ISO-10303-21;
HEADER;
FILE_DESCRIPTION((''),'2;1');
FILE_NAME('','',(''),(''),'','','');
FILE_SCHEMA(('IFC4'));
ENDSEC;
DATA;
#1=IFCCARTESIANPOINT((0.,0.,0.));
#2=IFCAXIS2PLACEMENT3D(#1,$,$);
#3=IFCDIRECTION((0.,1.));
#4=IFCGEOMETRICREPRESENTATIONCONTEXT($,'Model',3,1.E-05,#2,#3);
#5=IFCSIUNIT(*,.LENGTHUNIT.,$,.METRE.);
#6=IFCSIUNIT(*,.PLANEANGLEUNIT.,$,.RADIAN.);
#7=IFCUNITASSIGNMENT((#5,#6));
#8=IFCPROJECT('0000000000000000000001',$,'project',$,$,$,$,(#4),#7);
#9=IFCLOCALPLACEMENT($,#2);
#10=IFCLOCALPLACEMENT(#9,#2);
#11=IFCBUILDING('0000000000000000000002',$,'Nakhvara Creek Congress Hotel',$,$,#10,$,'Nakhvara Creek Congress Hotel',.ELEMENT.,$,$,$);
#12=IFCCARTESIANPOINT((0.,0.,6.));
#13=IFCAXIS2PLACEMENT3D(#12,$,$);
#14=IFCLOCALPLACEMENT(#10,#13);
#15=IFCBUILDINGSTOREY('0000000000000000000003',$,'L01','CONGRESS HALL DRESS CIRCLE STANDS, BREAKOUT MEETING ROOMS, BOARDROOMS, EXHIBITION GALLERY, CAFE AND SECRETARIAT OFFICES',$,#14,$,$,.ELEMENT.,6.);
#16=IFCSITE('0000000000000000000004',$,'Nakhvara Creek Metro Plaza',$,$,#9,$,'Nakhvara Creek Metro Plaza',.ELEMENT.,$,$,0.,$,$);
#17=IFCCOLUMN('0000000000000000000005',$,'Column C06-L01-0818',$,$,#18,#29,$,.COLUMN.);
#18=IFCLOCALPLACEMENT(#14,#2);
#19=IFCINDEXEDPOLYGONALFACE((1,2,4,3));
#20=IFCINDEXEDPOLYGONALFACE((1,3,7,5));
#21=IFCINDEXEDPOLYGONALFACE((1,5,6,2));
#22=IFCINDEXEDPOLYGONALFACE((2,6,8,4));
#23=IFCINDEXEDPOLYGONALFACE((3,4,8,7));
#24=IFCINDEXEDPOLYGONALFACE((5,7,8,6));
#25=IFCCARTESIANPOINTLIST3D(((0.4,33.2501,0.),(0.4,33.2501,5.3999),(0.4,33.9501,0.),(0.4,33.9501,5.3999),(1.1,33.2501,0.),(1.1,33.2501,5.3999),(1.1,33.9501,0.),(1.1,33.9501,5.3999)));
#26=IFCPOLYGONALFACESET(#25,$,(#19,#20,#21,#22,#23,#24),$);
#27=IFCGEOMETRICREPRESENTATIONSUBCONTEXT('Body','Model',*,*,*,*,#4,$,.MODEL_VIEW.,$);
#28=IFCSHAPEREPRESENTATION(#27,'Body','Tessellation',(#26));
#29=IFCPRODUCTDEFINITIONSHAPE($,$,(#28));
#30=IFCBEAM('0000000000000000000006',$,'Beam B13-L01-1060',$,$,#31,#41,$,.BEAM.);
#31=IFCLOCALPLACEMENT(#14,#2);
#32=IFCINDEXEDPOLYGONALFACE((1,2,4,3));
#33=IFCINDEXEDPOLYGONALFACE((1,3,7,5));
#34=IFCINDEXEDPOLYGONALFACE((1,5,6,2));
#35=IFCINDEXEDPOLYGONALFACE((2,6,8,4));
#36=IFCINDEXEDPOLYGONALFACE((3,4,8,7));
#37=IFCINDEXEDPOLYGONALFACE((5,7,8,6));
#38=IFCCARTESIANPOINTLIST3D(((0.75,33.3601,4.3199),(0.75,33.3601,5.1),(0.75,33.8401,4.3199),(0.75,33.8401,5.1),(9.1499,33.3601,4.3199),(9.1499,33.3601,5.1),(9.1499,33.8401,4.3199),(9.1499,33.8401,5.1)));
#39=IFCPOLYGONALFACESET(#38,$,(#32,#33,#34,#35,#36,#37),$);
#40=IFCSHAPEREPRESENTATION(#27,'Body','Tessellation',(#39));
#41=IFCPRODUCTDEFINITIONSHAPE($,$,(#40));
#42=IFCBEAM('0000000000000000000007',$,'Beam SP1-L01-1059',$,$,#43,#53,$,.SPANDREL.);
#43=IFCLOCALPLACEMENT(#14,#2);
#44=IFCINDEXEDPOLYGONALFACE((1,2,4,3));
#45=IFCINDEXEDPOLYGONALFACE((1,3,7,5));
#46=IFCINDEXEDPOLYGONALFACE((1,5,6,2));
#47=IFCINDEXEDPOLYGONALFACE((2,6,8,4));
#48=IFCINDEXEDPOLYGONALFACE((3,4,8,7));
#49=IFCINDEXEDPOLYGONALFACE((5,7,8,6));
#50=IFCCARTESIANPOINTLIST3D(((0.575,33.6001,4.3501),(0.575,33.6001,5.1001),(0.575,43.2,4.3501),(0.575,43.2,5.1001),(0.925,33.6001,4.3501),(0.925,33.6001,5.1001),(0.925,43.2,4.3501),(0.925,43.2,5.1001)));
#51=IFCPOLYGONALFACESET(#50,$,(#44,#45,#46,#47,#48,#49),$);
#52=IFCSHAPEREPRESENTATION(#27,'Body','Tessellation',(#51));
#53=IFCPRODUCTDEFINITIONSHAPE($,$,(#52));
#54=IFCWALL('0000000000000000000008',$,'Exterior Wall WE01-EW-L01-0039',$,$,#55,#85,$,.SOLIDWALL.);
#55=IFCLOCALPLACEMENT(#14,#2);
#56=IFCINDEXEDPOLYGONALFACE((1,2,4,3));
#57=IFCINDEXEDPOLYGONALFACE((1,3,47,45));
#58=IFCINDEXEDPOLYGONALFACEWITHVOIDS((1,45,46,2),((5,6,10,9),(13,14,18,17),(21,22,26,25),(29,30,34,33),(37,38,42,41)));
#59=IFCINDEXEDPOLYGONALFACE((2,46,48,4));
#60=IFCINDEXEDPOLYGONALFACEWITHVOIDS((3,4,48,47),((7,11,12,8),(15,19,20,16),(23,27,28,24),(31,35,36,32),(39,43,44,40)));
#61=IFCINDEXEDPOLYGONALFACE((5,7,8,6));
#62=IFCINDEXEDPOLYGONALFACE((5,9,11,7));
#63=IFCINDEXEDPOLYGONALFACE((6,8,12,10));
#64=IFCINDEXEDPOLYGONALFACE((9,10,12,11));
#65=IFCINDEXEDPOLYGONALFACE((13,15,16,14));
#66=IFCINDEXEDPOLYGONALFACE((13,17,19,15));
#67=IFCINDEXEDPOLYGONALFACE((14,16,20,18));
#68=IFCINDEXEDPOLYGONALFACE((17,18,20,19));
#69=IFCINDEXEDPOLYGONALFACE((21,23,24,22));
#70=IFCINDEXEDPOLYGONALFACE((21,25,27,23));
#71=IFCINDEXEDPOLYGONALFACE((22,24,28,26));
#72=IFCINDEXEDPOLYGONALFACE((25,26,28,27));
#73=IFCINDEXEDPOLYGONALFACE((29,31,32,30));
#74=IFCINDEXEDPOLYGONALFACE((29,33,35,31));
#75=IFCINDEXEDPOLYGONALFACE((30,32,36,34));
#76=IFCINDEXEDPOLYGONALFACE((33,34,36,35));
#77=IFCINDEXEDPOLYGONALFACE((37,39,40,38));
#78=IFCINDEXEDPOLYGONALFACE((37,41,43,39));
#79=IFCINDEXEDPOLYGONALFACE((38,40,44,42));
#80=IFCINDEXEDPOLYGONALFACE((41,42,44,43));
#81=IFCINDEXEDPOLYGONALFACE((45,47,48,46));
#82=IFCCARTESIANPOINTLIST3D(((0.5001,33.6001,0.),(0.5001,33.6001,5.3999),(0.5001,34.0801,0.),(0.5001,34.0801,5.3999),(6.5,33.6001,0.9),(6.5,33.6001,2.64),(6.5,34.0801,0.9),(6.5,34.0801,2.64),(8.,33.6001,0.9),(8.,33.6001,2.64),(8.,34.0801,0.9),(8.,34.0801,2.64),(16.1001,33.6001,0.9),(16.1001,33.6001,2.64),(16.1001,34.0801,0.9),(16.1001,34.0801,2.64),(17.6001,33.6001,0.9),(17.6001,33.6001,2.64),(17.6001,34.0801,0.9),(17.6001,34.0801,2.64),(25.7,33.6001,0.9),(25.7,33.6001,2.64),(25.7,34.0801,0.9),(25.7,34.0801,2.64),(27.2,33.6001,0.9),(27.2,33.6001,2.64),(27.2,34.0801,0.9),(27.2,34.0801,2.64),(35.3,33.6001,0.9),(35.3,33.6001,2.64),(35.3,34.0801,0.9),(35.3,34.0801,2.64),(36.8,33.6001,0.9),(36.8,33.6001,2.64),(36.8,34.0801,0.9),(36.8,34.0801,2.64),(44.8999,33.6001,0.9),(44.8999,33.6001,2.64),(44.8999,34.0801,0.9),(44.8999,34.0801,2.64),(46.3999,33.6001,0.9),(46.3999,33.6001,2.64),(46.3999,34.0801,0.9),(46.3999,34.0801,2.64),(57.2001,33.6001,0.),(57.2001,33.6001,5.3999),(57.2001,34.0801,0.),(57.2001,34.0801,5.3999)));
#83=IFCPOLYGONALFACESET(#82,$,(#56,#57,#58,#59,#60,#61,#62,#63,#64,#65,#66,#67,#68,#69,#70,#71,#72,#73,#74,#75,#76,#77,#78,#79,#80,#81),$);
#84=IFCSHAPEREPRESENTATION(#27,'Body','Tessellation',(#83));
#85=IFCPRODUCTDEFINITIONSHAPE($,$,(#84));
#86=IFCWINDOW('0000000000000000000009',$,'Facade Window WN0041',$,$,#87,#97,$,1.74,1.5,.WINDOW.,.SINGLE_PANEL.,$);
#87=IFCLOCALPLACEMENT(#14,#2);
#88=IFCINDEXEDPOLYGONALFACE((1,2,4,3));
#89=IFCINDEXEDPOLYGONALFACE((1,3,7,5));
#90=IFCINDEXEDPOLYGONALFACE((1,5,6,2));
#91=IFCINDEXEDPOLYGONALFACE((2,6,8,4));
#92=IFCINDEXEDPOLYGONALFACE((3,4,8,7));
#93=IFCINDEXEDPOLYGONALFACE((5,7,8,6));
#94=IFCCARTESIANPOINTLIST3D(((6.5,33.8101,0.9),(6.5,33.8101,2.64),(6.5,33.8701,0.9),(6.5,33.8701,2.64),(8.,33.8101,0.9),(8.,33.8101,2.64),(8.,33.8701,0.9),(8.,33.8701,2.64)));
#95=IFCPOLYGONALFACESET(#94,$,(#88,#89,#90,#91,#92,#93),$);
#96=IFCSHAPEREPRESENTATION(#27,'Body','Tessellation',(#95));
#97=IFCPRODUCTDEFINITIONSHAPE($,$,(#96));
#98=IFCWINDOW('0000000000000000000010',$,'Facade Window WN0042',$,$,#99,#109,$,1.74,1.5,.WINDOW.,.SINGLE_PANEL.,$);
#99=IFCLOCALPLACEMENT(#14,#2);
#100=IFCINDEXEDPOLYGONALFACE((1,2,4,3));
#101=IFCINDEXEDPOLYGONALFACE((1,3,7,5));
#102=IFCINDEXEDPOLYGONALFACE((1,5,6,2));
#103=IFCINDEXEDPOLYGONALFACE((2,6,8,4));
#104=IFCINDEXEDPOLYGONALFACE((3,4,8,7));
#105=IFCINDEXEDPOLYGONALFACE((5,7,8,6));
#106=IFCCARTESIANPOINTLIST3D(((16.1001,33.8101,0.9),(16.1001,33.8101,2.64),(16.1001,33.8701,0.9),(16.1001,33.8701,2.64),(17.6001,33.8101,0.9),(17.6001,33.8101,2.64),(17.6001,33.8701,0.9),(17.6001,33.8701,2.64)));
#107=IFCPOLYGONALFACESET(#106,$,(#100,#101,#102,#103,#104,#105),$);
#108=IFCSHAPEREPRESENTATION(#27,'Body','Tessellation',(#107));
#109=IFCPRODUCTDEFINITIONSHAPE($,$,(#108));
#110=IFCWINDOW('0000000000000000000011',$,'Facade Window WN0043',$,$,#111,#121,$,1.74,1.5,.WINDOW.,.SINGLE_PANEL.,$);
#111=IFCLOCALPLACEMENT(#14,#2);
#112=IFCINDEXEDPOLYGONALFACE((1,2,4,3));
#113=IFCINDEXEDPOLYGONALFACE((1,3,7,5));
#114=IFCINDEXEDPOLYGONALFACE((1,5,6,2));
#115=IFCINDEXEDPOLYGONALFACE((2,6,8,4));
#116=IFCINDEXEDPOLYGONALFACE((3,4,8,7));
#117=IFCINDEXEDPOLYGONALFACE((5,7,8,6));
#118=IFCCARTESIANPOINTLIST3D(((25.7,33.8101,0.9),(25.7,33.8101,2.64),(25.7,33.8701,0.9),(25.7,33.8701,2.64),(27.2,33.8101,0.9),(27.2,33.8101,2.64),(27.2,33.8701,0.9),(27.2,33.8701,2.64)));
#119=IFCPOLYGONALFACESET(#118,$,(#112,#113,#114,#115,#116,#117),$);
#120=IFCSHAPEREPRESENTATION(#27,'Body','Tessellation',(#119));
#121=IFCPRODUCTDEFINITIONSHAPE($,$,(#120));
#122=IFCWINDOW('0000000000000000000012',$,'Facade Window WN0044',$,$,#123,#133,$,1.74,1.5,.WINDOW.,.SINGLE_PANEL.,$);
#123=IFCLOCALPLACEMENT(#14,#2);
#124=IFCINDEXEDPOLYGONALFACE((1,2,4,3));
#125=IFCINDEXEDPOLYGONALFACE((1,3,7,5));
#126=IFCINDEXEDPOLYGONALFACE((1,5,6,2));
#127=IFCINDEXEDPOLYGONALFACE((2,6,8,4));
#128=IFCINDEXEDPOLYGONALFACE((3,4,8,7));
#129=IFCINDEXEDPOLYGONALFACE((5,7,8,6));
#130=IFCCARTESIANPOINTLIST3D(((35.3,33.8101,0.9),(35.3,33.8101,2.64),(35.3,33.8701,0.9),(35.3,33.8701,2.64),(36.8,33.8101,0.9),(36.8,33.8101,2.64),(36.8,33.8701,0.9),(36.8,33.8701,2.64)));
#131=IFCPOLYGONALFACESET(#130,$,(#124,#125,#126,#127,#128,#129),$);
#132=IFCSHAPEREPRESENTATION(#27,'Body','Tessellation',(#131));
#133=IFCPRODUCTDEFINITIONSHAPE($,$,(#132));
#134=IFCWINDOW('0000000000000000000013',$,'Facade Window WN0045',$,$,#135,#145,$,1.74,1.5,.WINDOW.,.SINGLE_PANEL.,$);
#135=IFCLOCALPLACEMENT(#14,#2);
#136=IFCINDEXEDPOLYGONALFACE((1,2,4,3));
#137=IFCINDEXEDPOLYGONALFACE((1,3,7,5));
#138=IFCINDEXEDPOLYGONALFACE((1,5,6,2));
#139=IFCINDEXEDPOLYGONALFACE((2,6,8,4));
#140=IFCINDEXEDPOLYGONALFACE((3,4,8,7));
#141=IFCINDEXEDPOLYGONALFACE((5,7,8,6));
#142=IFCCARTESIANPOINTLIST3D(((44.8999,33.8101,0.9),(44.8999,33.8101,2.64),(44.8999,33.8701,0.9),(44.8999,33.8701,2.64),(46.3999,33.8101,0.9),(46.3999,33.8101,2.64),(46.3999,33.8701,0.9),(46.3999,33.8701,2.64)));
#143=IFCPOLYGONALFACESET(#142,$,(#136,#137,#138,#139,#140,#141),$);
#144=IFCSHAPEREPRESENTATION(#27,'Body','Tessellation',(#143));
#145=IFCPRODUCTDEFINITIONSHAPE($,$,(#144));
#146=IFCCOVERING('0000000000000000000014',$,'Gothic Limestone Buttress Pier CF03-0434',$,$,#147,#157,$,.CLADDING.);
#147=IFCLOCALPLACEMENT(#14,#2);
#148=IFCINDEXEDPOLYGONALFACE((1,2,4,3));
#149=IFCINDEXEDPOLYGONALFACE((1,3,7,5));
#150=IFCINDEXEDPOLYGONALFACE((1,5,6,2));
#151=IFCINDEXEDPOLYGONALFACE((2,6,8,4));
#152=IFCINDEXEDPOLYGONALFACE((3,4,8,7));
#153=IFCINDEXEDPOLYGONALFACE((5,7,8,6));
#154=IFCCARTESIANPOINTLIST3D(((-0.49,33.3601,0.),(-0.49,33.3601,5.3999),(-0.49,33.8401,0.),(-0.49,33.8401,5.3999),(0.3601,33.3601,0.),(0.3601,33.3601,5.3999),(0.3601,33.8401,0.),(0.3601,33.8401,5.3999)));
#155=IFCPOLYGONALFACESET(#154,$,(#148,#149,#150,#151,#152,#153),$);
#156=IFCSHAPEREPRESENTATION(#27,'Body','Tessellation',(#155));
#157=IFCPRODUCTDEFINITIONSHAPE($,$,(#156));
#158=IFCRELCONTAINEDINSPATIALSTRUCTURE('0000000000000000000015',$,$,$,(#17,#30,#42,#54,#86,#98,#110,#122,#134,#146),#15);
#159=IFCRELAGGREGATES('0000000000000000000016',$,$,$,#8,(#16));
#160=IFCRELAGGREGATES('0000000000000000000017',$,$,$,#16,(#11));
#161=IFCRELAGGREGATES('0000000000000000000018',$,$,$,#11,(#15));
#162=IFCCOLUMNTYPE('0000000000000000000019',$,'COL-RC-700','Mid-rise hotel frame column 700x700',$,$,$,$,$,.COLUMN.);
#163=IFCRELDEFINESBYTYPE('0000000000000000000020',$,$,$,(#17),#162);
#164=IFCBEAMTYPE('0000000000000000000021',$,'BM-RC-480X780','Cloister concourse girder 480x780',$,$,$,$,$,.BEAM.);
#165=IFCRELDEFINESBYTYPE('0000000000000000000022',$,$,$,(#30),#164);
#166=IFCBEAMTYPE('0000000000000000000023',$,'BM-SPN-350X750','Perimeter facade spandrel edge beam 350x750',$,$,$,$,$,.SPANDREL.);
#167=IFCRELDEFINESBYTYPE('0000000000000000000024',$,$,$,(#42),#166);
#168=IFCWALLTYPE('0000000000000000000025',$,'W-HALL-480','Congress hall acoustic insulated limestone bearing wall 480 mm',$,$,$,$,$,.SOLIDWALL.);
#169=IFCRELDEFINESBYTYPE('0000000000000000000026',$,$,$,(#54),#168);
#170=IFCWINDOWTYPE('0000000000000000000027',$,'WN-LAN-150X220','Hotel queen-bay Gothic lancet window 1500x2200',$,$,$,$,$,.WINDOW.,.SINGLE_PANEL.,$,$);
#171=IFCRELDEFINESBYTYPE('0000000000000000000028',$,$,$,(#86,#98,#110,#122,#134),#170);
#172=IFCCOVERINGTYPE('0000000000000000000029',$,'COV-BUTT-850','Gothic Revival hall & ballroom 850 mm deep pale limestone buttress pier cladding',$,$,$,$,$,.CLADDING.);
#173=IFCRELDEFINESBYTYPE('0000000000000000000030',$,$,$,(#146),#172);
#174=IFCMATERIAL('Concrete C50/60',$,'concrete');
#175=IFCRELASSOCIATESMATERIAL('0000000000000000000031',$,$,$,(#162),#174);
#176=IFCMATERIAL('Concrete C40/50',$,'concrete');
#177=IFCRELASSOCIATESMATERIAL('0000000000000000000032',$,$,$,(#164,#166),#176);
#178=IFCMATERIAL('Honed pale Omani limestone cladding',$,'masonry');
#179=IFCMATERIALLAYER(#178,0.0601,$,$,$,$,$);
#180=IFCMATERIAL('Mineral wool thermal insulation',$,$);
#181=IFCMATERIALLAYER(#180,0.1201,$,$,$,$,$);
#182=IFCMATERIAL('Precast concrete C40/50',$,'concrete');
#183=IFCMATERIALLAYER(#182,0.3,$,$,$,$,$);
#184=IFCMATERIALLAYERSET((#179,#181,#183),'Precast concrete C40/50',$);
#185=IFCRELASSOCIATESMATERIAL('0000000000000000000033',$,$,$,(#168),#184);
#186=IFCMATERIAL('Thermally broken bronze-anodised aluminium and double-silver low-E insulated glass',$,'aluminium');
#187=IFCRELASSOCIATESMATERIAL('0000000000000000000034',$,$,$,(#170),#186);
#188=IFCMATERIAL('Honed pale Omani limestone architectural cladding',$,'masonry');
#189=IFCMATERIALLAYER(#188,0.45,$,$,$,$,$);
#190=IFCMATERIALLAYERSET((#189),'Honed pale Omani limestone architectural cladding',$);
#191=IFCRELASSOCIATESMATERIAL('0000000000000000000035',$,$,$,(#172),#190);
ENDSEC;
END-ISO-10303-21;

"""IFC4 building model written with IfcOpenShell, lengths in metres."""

from ifc_helpers import new_model, si_unit, direction, frame, frame_2d, origin, origin_2d, place, context, subcontext, project, spatial, rectangle, extrude, material, layer, layer_set, material_profile, profile_set, type_object, element, fill, save


model = new_model("IFC4")

# Units and contexts
model_context = context("Model", 3, precision=1e-05, world=origin(), true_north=direction((0.0, 1.0)))
body_context = subcontext(model_context, "Body", "Model", "MODEL_VIEW")
ifc_project = project(units=[si_unit("LENGTHUNIT", "METRE"), si_unit("PLANEANGLEUNIT", "RADIAN")], contexts=[model_context])

# Site, building, storey
site_placement = place(None, origin())
site = spatial("IfcSite", under=ifc_project, at=site_placement, Name="Nakhvara Creek Metro Plaza", LongName="Nakhvara Creek Metro Plaza", CompositionType="ELEMENT", RefElevation=0.0)
building_placement = place(site_placement, origin())
building = spatial("IfcBuilding", under=site, at=building_placement, Name="Nakhvara Creek Congress Hotel", LongName="Nakhvara Creek Congress Hotel", CompositionType="ELEMENT")
storey_placement = place(building_placement, frame((0.0, 0.0, 6.0)))
storey = spatial("IfcBuildingStorey", under=building, at=storey_placement, Name="L01", Description="CONGRESS HALL DRESS CIRCLE STANDS, BREAKOUT MEETING ROOMS, BOARDROOMS, EXHIBITION GALLERY, CAFE AND SECRETARIAT OFFICES", CompositionType="ELEMENT", Elevation=6.0)

# Column
ifc_material_1 = material(Name="Concrete C50/60", Category="concrete")
ifc_material_profile_1 = material_profile(ifc_material_1, rectangle(XDim=0.7, YDim=0.7, at=origin_2d()), Name="RC-COL 700x700", Category="LoadBearing")
ifc_profile_set_1 = profile_set([ifc_material_profile_1], Name="Concrete C50/60")
column_type = type_object("IfcColumnType", Name="COL-RC-700", Description="Mid-rise hotel frame column 700x700", PredefinedType="COLUMN", material=ifc_profile_set_1)
column_placement = place(storey_placement, frame((0.75, 33.6001, 0.0), z_axis=(0.0, 0.0, 1.0), x_axis=(1.0, 0.0, 0.0)))
element("IfcColumn", 1, at=column_placement, inside=storey, type_object=column_type, Name="Column C06-L01-0818", PredefinedType="COLUMN", context=body_context, shape_type="SweptSolid", body=[
    extrude(rectangle(XDim=0.7, YDim=0.7, at=origin_2d()), origin(), (0.0, 0.0, 1.0), 5.3999),
])

# Beams
ifc_material_2 = material(Name="Concrete C40/50", Category="concrete")
ifc_material_profile_2 = material_profile(ifc_material_2, rectangle(XDim=0.48, YDim=0.78, at=origin_2d()), Name="RC-BM 480x780", Category="LoadBearing")
ifc_profile_set_2 = profile_set([ifc_material_profile_2], Name="Concrete C40/50")
beam_type_1 = type_object("IfcBeamType", Name="BM-RC-480X780", Description="Cloister concourse girder 480x780", PredefinedType="BEAM", material=ifc_profile_set_2)
beam_1_placement = place(storey_placement, frame((0.75, 33.6001, 4.71), z_axis=(1.0, 0.0, 0.0), x_axis=(0.0, 1.0, 0.0)))
element("IfcBeam", 2, at=beam_1_placement, inside=storey, type_object=beam_type_1, Name="Beam B13-L01-1060", PredefinedType="BEAM", context=body_context, shape_type="SweptSolid", body=[
    extrude(rectangle(XDim=0.48, YDim=0.78, at=origin_2d()), origin(), (0.0, 0.0, 1.0), 8.3999),
])
ifc_material_profile_3 = material_profile(ifc_material_2, rectangle(XDim=0.3501, YDim=0.75, at=origin_2d()), Name="RC-SPANDREL 350x750", Category="LoadBearing")
ifc_profile_set_3 = profile_set([ifc_material_profile_3], Name="Concrete C40/50")
beam_type_2 = type_object("IfcBeamType", Name="BM-SPN-350X750", Description="Perimeter facade spandrel edge beam 350x750", PredefinedType="SPANDREL", material=ifc_profile_set_3)
beam_2_placement = place(storey_placement, frame((0.75, 33.6001, 4.7251), z_axis=(0.0, 1.0, 0.0), x_axis=(-1.0, 0.0, 0.0)))
element("IfcBeam", 3, at=beam_2_placement, inside=storey, type_object=beam_type_2, Name="Beam SP1-L01-1059", PredefinedType="SPANDREL", context=body_context, shape_type="SweptSolid", body=[
    extrude(rectangle(XDim=0.3501, YDim=0.75, at=origin_2d()), origin(), (0.0, 0.0, 1.0), 9.5999),
])

# Wall, openings, windows
ifc_material_3 = material(Name="Honed pale Omani limestone cladding", Category="masonry")
ifc_layer_1 = layer(ifc_material_3, 0.0601)
ifc_material_4 = material(Name="Mineral wool thermal insulation")
ifc_layer_2 = layer(ifc_material_4, 0.1201)
ifc_material_5 = material(Name="Precast concrete C40/50", Category="concrete")
ifc_layer_3 = layer(ifc_material_5, 0.3)
ifc_layer_set_1 = layer_set([ifc_layer_1, ifc_layer_2, ifc_layer_3], Name="Precast concrete C40/50")
wall_type = type_object("IfcWallType", Name="W-HALL-480", Description="Congress hall acoustic insulated limestone bearing wall 480 mm", PredefinedType="SOLIDWALL", material=ifc_layer_set_1)
ifc_material_6 = material(Name="Thermally broken bronze-anodised aluminium and double-silver low-E insulated glass", Category="aluminium")
wall_1_placement = place(storey_placement, frame((0.5, 33.8401, 0.0), z_axis=(0.0, 0.0, 1.0), x_axis=(1.0, 0.0, 0.0)))
wall_1 = element("IfcWall", 4, at=wall_1_placement, inside=storey, type_object=wall_type, Name="Exterior Wall WE01-EW-L01-0039", PredefinedType="SOLIDWALL", context=body_context, shape_type="SweptSolid", body=[
    extrude(rectangle(XDim=56.7, YDim=0.48, at=frame_2d((28.3501, 0.0))), origin(), (0.0, 0.0, 1.0), 5.3999),
])
opening_1_placement = place(wall_1_placement, frame((6.0, 0.0, 0.8999)))
opening_1 = element("IfcOpeningElement", 5, at=opening_1_placement, cuts=wall_1, PredefinedType="OPENING", context=body_context, shape_type="SweptSolid", body=[
    extrude(rectangle(XDim=1.5, YDim=1.74, at=frame_2d((0.75, 0.8701))), frame((0.0, 0.252, 0.0), z_axis=(0.0, -1.0, 0.0), x_axis=(1.0, 0.0, 0.0)), (0.0, 0.0, 1.0), 0.5039),
])
opening_2_placement = place(wall_1_placement, frame((15.6001, 0.0, 0.8999)))
opening_2 = element("IfcOpeningElement", 6, at=opening_2_placement, cuts=wall_1, PredefinedType="OPENING", context=body_context, shape_type="SweptSolid", body=[
    extrude(rectangle(XDim=1.5, YDim=1.74, at=frame_2d((0.75, 0.8701))), frame((0.0, 0.252, 0.0), z_axis=(0.0, -1.0, 0.0), x_axis=(1.0, 0.0, 0.0)), (0.0, 0.0, 1.0), 0.5039),
])
opening_3_placement = place(wall_1_placement, frame((25.2, 0.0, 0.8999)))
opening_3 = element("IfcOpeningElement", 7, at=opening_3_placement, cuts=wall_1, PredefinedType="OPENING", context=body_context, shape_type="SweptSolid", body=[
    extrude(rectangle(XDim=1.5, YDim=1.74, at=frame_2d((0.75, 0.8701))), frame((0.0, 0.252, 0.0), z_axis=(0.0, -1.0, 0.0), x_axis=(1.0, 0.0, 0.0)), (0.0, 0.0, 1.0), 0.5039),
])
opening_4_placement = place(wall_1_placement, frame((34.8, 0.0, 0.8999)))
opening_4 = element("IfcOpeningElement", 8, at=opening_4_placement, cuts=wall_1, PredefinedType="OPENING", context=body_context, shape_type="SweptSolid", body=[
    extrude(rectangle(XDim=1.5, YDim=1.74, at=frame_2d((0.75, 0.8701))), frame((0.0, 0.252, 0.0), z_axis=(0.0, -1.0, 0.0), x_axis=(1.0, 0.0, 0.0)), (0.0, 0.0, 1.0), 0.5039),
])
opening_5_placement = place(wall_1_placement, frame((44.3999, 0.0, 0.8999)))
opening_5 = element("IfcOpeningElement", 9, at=opening_5_placement, cuts=wall_1, PredefinedType="OPENING", context=body_context, shape_type="SweptSolid", body=[
    extrude(rectangle(XDim=1.5, YDim=1.74, at=frame_2d((0.75, 0.8701))), frame((0.0, 0.252, 0.0), z_axis=(0.0, -1.0, 0.0), x_axis=(1.0, 0.0, 0.0)), (0.0, 0.0, 1.0), 0.5039),
])
window_type_1 = type_object("IfcWindowType", Name="WN-LAN-150X220", Description="Hotel queen-bay Gothic lancet window 1500x2200", PartitioningType="SINGLE_PANEL", PredefinedType="WINDOW", material=ifc_material_6)
window_1_placement = place(opening_1_placement, origin())
window_1 = element("IfcWindow", 10, at=window_1_placement, inside=storey, type_object=window_type_1, Name="Facade Window WN0041", OverallHeight=1.74, OverallWidth=1.5, PartitioningType="SINGLE_PANEL", PredefinedType="WINDOW", context=body_context, shape_type="SweptSolid", body=[
    extrude(rectangle(XDim=1.5, YDim=1.74, at=frame_2d((0.75, 0.8701))), frame((0.0, 0.03, 0.0), z_axis=(0.0, -1.0, 0.0), x_axis=(1.0, 0.0, 0.0)), (0.0, 0.0, 1.0), 0.0601),
])
fill(opening_1, window_1)
window_2_placement = place(opening_2_placement, origin())
window_2 = element("IfcWindow", 11, at=window_2_placement, inside=storey, type_object=window_type_1, Name="Facade Window WN0042", OverallHeight=1.74, OverallWidth=1.5, PartitioningType="SINGLE_PANEL", PredefinedType="WINDOW", context=body_context, shape_type="SweptSolid", body=[
    extrude(rectangle(XDim=1.5, YDim=1.74, at=frame_2d((0.75, 0.8701))), frame((0.0, 0.03, 0.0), z_axis=(0.0, -1.0, 0.0), x_axis=(1.0, 0.0, 0.0)), (0.0, 0.0, 1.0), 0.0601),
])
fill(opening_2, window_2)
window_3_placement = place(opening_3_placement, origin())
window_3 = element("IfcWindow", 12, at=window_3_placement, inside=storey, type_object=window_type_1, Name="Facade Window WN0043", OverallHeight=1.74, OverallWidth=1.5, PartitioningType="SINGLE_PANEL", PredefinedType="WINDOW", context=body_context, shape_type="SweptSolid", body=[
    extrude(rectangle(XDim=1.5, YDim=1.74, at=frame_2d((0.75, 0.8701))), frame((0.0, 0.03, 0.0), z_axis=(0.0, -1.0, 0.0), x_axis=(1.0, 0.0, 0.0)), (0.0, 0.0, 1.0), 0.0601),
])
fill(opening_3, window_3)
window_4_placement = place(opening_4_placement, origin())
window_4 = element("IfcWindow", 13, at=window_4_placement, inside=storey, type_object=window_type_1, Name="Facade Window WN0044", OverallHeight=1.74, OverallWidth=1.5, PartitioningType="SINGLE_PANEL", PredefinedType="WINDOW", context=body_context, shape_type="SweptSolid", body=[
    extrude(rectangle(XDim=1.5, YDim=1.74, at=frame_2d((0.75, 0.8701))), frame((0.0, 0.03, 0.0), z_axis=(0.0, -1.0, 0.0), x_axis=(1.0, 0.0, 0.0)), (0.0, 0.0, 1.0), 0.0601),
])
fill(opening_4, window_4)
window_5_placement = place(opening_5_placement, origin())
window_5 = element("IfcWindow", 14, at=window_5_placement, inside=storey, type_object=window_type_1, Name="Facade Window WN0045", OverallHeight=1.74, OverallWidth=1.5, PartitioningType="SINGLE_PANEL", PredefinedType="WINDOW", context=body_context, shape_type="SweptSolid", body=[
    extrude(rectangle(XDim=1.5, YDim=1.74, at=frame_2d((0.75, 0.8701))), frame((0.0, 0.03, 0.0), z_axis=(0.0, -1.0, 0.0), x_axis=(1.0, 0.0, 0.0)), (0.0, 0.0, 1.0), 0.0601),
])
fill(opening_5, window_5)

# Covering
ifc_material_7 = material(Name="Honed pale Omani limestone architectural cladding", Category="masonry")
ifc_layer_4 = layer(ifc_material_7, 0.45)
ifc_layer_set_2 = layer_set([ifc_layer_4], Name="Honed pale Omani limestone architectural cladding")
covering_type = type_object("IfcCoveringType", Name="COV-BUTT-850", Description="Gothic Revival hall & ballroom 850 mm deep pale limestone buttress pier cladding", PredefinedType="CLADDING", material=ifc_layer_set_2)
covering_placement = place(storey_placement, frame((-0.0649, 33.6001, 0.0), z_axis=(0.0, 0.0, 1.0), x_axis=(0.0, 1.0, 0.0)))
element("IfcCovering", 15, at=covering_placement, inside=storey, type_object=covering_type, Name="Gothic Limestone Buttress Pier CF03-0434", PredefinedType="CLADDING", context=body_context, shape_type="SweptSolid", body=[
    extrude(rectangle(XDim=0.48, YDim=0.8501, at=origin_2d()), origin(), (0.0, 0.0, 1.0), 5.3999),
])

save(model, "model.ifc")
